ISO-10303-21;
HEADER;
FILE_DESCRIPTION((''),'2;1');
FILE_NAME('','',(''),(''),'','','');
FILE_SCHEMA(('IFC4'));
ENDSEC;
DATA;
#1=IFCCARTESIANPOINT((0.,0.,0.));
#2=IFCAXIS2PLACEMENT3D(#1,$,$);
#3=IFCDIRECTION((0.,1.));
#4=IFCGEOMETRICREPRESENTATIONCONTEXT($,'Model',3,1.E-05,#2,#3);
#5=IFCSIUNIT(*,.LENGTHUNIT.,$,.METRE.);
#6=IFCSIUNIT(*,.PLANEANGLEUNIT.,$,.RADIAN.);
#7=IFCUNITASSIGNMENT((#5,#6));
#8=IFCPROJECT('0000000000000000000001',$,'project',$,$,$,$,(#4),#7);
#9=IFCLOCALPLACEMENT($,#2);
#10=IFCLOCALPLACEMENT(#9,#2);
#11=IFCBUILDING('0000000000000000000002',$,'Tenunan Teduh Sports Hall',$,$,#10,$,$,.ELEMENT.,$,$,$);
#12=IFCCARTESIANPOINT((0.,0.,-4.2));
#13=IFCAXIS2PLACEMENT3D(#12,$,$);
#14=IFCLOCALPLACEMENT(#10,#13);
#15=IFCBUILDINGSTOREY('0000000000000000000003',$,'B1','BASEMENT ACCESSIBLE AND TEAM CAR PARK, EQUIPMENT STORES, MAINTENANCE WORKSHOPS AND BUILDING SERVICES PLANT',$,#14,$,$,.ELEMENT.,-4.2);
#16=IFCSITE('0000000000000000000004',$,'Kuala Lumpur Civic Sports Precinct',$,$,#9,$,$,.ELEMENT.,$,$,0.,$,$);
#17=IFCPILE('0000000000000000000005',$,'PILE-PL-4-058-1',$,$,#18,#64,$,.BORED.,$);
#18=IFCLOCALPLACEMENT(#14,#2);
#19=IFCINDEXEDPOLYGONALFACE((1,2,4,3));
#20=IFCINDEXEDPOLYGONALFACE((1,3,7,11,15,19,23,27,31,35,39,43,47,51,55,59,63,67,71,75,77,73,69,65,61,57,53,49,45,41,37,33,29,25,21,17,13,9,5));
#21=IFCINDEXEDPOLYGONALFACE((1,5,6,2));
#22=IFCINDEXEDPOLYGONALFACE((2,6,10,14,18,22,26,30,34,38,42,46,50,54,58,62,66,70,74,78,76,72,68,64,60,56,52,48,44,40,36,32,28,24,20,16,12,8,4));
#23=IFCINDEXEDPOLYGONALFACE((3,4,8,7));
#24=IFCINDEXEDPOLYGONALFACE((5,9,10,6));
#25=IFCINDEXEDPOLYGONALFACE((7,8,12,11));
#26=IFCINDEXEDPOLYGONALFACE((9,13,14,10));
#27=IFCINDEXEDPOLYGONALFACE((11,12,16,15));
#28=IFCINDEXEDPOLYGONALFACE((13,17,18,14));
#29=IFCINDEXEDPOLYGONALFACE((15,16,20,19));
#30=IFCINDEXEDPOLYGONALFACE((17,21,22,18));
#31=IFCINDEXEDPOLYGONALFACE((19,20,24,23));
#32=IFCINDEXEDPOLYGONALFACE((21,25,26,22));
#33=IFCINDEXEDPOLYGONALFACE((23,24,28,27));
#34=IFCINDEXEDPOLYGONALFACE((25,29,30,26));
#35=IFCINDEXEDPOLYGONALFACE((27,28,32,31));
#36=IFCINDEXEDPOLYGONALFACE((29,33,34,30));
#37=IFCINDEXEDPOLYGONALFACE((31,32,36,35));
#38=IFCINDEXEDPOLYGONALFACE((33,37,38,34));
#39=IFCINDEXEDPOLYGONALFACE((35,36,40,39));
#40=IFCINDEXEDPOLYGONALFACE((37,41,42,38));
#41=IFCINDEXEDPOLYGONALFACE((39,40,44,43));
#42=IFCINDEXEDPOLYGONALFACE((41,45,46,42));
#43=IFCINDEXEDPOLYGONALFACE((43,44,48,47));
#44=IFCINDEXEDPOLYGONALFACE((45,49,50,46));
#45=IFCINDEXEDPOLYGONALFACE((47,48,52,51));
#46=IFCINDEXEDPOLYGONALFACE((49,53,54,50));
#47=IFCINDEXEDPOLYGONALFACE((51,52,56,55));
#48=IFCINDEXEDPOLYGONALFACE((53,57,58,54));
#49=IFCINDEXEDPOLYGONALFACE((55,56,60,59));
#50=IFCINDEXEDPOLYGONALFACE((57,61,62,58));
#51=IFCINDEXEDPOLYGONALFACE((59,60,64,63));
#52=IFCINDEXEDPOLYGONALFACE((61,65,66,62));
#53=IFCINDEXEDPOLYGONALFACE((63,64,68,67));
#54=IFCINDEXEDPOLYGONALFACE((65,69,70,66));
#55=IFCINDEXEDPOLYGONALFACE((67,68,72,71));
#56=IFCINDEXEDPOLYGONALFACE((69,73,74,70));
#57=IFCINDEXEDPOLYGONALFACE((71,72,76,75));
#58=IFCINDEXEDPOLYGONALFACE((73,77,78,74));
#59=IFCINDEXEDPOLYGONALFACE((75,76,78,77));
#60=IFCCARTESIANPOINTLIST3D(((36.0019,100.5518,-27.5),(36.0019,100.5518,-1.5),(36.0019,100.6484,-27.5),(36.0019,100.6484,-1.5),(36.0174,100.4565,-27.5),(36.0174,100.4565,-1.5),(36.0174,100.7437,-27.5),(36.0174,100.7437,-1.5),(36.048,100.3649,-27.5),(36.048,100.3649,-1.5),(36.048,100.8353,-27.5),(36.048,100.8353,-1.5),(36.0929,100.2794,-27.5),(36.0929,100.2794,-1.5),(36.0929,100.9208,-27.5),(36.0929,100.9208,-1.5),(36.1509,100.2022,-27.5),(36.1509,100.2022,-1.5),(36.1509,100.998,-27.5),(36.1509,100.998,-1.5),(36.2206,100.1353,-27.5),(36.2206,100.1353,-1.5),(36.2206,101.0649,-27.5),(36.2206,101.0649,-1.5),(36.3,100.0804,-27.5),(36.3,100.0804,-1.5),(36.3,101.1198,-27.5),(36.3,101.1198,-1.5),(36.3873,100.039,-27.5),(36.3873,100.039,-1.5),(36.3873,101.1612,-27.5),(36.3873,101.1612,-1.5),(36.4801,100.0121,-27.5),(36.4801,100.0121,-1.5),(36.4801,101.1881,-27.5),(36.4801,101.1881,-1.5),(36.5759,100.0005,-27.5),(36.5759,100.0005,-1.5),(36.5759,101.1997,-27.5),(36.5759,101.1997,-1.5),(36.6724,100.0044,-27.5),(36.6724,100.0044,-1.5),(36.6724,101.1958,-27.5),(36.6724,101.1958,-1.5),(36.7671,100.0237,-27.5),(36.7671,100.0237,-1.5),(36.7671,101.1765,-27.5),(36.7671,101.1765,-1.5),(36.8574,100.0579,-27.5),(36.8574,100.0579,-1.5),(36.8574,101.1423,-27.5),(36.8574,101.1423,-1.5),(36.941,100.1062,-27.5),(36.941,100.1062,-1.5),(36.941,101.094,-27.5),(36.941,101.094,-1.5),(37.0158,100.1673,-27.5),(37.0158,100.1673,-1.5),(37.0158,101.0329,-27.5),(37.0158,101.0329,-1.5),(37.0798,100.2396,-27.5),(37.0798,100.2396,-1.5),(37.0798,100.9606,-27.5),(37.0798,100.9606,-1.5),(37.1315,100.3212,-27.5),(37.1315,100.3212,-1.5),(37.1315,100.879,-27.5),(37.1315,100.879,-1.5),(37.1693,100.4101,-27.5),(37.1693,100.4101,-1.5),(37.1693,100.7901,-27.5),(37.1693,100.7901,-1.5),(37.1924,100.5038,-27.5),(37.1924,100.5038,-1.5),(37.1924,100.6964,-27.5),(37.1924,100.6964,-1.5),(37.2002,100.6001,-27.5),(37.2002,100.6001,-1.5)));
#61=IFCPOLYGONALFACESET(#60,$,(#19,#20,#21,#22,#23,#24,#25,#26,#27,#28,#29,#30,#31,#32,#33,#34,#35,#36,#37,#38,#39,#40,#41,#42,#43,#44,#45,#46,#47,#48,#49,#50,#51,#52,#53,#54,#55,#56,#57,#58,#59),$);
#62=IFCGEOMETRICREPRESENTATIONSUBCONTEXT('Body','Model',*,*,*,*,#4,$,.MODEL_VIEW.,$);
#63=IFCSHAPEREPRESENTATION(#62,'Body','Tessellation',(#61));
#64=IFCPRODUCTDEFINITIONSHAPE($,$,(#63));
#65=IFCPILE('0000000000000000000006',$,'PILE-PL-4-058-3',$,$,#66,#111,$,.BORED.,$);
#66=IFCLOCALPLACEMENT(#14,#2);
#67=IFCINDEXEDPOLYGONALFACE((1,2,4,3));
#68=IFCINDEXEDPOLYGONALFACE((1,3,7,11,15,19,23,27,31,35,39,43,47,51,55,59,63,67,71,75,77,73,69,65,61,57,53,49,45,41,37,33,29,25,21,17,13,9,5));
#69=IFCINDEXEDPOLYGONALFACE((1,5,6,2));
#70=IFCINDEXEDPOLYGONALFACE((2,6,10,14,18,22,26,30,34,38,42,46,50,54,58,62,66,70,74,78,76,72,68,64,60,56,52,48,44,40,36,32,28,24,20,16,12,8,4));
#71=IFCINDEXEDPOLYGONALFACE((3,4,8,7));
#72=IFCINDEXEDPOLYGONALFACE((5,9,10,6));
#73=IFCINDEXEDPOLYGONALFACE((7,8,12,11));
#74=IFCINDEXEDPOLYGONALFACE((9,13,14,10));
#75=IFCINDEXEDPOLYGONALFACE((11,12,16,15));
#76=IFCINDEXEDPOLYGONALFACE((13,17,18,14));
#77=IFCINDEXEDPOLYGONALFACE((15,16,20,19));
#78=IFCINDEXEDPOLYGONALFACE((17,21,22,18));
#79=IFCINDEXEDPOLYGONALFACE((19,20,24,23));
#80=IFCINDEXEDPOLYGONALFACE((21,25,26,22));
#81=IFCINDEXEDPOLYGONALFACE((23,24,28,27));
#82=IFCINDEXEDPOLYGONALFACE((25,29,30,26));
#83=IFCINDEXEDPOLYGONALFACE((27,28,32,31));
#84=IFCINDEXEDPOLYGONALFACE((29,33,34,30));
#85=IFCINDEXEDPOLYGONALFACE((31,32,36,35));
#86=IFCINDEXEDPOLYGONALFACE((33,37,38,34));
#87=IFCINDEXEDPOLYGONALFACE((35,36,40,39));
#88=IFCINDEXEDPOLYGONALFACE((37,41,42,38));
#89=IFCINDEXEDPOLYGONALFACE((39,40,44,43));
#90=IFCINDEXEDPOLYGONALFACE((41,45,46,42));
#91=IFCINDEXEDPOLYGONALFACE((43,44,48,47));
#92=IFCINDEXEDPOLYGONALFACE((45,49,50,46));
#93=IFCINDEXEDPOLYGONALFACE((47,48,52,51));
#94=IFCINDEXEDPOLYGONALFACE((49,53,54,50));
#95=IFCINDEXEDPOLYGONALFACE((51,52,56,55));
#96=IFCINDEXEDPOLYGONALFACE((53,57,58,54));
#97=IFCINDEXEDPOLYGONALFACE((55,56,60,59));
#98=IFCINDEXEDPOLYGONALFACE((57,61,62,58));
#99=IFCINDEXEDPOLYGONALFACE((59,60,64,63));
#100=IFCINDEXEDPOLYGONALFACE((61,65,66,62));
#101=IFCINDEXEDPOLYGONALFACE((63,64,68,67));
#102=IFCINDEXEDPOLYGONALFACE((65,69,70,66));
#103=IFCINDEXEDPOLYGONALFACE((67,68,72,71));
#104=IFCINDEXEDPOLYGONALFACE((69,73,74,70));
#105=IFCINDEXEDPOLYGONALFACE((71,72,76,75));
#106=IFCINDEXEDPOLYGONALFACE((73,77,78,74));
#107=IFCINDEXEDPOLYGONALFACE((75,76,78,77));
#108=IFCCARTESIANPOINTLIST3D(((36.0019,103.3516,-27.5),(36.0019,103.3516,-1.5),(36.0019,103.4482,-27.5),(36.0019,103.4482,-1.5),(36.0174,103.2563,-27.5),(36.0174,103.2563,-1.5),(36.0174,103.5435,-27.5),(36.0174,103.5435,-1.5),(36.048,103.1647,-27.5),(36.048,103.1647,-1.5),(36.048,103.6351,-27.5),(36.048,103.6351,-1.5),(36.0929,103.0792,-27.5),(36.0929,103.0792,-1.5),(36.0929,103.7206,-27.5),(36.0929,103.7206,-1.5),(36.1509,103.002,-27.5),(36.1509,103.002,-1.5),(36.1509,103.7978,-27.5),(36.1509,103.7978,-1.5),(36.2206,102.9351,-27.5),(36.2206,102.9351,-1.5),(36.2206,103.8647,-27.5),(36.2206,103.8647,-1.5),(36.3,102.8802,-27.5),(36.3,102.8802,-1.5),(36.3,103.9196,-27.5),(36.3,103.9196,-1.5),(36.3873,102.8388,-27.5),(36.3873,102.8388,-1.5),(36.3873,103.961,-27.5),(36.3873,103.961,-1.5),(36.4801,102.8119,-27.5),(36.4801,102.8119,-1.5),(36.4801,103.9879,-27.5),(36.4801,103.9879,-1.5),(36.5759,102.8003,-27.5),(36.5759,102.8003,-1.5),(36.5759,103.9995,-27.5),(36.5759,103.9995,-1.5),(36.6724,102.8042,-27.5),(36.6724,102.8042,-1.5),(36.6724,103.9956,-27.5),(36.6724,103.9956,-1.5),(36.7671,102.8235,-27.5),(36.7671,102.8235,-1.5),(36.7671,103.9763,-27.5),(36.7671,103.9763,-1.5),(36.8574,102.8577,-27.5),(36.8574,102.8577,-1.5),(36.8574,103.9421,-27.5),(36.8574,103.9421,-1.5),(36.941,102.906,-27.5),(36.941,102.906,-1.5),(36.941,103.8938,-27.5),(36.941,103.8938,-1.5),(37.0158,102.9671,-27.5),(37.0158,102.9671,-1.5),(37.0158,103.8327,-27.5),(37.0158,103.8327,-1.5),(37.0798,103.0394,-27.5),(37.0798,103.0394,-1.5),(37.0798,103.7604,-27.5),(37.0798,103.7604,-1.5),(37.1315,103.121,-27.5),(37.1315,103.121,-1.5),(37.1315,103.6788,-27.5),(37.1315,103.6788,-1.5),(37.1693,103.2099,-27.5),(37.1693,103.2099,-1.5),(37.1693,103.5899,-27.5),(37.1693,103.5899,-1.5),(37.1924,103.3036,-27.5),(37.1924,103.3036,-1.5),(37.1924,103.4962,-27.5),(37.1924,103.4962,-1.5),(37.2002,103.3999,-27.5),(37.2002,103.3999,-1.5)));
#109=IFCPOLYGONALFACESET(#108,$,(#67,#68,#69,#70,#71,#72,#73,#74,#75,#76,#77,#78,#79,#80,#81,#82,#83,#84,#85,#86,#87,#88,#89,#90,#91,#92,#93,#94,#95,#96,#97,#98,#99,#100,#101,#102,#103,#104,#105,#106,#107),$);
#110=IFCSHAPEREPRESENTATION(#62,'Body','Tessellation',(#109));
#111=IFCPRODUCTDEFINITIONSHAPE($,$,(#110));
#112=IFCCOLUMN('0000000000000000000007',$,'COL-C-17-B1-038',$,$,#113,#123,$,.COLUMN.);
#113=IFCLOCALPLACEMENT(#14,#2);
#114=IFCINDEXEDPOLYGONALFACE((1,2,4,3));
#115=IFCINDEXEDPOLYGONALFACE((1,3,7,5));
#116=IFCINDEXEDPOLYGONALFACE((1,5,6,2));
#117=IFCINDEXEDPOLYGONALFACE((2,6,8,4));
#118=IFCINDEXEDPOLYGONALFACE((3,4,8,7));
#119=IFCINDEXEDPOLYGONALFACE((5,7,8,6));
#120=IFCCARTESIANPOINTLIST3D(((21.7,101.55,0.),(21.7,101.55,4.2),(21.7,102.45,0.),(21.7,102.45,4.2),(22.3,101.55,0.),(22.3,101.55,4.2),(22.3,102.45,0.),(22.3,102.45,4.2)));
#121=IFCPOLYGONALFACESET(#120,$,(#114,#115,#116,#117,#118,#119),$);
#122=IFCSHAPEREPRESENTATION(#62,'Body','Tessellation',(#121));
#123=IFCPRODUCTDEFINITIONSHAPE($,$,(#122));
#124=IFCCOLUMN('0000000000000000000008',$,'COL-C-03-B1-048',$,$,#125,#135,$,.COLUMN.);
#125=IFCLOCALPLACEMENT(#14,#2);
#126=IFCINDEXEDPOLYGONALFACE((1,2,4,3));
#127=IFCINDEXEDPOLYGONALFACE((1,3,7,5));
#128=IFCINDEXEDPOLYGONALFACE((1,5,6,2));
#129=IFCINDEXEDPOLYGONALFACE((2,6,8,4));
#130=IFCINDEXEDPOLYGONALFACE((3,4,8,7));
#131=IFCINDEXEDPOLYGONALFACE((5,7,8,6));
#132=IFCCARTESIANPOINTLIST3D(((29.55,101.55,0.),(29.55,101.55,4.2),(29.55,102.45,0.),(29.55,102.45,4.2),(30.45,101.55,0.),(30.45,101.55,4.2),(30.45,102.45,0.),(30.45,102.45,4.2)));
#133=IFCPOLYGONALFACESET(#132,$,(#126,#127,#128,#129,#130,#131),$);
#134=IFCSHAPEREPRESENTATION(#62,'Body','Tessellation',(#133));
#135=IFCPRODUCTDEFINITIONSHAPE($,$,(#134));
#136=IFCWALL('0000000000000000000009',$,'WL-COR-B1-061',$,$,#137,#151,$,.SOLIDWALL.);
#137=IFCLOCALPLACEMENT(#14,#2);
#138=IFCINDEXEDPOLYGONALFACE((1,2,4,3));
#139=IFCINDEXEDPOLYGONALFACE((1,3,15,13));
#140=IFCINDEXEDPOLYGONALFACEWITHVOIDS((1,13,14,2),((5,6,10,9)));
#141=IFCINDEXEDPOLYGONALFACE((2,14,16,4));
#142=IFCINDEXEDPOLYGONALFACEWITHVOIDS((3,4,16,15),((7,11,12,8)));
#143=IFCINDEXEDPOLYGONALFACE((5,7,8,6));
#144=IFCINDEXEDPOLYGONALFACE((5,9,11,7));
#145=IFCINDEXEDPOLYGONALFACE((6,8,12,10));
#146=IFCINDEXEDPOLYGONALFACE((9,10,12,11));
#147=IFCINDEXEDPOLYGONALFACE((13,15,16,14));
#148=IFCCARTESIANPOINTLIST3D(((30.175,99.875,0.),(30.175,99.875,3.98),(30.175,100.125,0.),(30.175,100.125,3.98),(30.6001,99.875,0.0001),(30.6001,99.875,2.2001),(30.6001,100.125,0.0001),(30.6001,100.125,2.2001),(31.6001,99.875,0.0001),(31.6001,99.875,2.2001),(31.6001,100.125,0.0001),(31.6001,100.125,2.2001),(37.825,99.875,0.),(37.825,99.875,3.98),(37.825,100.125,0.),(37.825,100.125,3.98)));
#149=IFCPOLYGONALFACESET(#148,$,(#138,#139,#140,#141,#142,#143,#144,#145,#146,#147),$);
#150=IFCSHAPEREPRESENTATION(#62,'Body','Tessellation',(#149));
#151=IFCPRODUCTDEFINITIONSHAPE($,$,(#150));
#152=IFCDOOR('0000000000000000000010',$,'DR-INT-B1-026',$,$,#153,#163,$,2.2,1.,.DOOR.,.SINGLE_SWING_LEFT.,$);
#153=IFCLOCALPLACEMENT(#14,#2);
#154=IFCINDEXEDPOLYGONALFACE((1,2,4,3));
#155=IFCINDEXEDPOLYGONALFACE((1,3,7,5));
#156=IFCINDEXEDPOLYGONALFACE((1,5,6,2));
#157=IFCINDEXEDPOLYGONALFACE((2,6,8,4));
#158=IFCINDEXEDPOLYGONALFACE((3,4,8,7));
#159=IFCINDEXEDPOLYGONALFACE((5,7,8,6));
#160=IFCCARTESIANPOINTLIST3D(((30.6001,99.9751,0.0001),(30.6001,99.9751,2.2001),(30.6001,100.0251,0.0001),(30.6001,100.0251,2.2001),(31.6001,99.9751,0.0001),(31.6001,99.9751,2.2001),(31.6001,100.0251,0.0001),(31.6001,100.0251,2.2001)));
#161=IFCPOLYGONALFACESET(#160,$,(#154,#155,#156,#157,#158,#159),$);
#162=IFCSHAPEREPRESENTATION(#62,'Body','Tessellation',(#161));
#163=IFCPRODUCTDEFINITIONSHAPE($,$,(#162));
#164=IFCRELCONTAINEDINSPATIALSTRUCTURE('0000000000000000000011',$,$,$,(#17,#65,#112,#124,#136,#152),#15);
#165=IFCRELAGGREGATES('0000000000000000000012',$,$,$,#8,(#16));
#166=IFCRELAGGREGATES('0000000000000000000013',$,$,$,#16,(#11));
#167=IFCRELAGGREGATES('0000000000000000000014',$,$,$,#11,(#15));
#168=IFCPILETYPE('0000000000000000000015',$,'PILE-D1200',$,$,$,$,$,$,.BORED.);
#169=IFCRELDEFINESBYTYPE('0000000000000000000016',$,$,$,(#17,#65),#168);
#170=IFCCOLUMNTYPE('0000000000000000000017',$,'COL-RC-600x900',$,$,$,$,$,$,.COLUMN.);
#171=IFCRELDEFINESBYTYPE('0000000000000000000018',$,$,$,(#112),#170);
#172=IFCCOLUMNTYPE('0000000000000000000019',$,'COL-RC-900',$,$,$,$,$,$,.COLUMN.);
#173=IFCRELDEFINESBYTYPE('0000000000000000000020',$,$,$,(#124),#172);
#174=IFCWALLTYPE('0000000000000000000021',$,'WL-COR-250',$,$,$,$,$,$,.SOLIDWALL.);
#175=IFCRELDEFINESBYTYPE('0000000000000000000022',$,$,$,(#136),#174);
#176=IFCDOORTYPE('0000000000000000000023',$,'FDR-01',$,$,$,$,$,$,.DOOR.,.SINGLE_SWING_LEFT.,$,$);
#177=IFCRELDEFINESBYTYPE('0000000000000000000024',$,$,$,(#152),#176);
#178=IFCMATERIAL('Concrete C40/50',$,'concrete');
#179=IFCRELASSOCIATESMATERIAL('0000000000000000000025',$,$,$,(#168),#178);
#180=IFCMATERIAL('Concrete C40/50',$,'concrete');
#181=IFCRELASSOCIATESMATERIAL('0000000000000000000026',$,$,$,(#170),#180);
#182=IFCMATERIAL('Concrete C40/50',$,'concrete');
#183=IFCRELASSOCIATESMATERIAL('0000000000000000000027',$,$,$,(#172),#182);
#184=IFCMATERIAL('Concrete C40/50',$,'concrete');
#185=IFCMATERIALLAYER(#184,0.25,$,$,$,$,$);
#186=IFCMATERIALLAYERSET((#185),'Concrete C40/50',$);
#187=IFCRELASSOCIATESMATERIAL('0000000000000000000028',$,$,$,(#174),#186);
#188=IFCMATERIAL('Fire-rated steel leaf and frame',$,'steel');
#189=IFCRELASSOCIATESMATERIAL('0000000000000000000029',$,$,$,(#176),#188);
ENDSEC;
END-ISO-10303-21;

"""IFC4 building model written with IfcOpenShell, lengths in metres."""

from ifc_helpers import new_model, si_unit, direction, frame, frame_2d, origin, origin_2d, place, context, subcontext, project, spatial, rectangle, circle, extrude, material, layer, layer_set, material_profile, profile_set, type_object, element, fill, save


model = new_model("IFC4")

# Units and contexts
model_context = context("Model", 3, precision=1e-05, world=origin(), true_north=direction((0.0, 1.0)))
body_context = subcontext(model_context, "Body", "Model", "MODEL_VIEW")
ifc_project = project(units=[si_unit("LENGTHUNIT", "METRE"), si_unit("PLANEANGLEUNIT", "RADIAN")], contexts=[model_context])

# Site, building, storey
site_placement = place(None, origin())
site = spatial("IfcSite", under=ifc_project, at=site_placement, Name="Kuala Lumpur Civic Sports Precinct", CompositionType="ELEMENT", RefElevation=0.0)
building_placement = place(site_placement, origin())
building = spatial("IfcBuilding", under=site, at=building_placement, Name="Tenunan Teduh Sports Hall", CompositionType="ELEMENT")
storey_placement = place(building_placement, frame((0.0, 0.0, -4.2)))
storey = spatial("IfcBuildingStorey", under=building, at=storey_placement, Name="B1", Description="BASEMENT ACCESSIBLE AND TEAM CAR PARK, EQUIPMENT STORES, MAINTENANCE WORKSHOPS AND BUILDING SERVICES PLANT", CompositionType="ELEMENT", Elevation=-4.2)

# Piles
ifc_material_1 = material(Name="Concrete C40/50", Category="concrete")
ifc_material_profile_1 = material_profile(ifc_material_1, circle(Radius=0.6001, at=origin_2d()), Name="PILE D1200")
ifc_profile_set_1 = profile_set([ifc_material_profile_1], Name="Concrete C40/50")
pile_type = type_object("IfcPileType", Name="PILE-D1200", PredefinedType="BORED", material=ifc_profile_set_1)
for number, where, z_axis, x_axis, name in (
    (1, (36.6001, 100.6001, -1.5), (0.0, 0.0, -1.0), (1.0, 0.0, 0.0), "PILE-PL-4-058-1"),
    (2, (36.6001, 103.3999, -1.5), (0.0, 0.0, -1.0), (1.0, 0.0, 0.0), "PILE-PL-4-058-3"),
):
    element("IfcPile", number, at=place(storey_placement, frame(where, z_axis=z_axis, x_axis=x_axis)), inside=storey, type_object=pile_type, Name=name, PredefinedType="BORED", context=body_context, shape_type="SweptSolid", body=[
        extrude(circle(Radius=0.6001, at=origin_2d()), origin(), (0.0, 0.0, 1.0), 26.0),
    ])

# Columns
ifc_material_2 = material(Name="Concrete C40/50", Category="concrete")
ifc_material_profile_2 = material_profile(ifc_material_2, rectangle(XDim=0.6001, YDim=0.8999, at=origin_2d()), Name="RC 600x900")
ifc_profile_set_2 = profile_set([ifc_material_profile_2], Name="Concrete C40/50")
column_type_1 = type_object("IfcColumnType", Name="COL-RC-600x900", PredefinedType="COLUMN", material=ifc_profile_set_2)
column_1_placement = place(storey_placement, frame((22.0, 102.0, 0.0), z_axis=(0.0, 0.0, 1.0), x_axis=(1.0, 0.0, 0.0)))
element("IfcColumn", 3, at=column_1_placement, inside=storey, type_object=column_type_1, Name="COL-C-17-B1-038", PredefinedType="COLUMN", context=body_context, shape_type="SweptSolid", body=[
    extrude(rectangle(XDim=0.6001, YDim=0.8999, at=origin_2d()), origin(), (0.0, 0.0, 1.0), 4.2),
])
ifc_material_3 = material(Name="Concrete C40/50", Category="concrete")
ifc_material_profile_3 = material_profile(ifc_material_3, rectangle(XDim=0.8999, YDim=0.8999, at=origin_2d()), Name="RC 900x900")
ifc_profile_set_3 = profile_set([ifc_material_profile_3], Name="Concrete C40/50")
column_type_2 = type_object("IfcColumnType", Name="COL-RC-900", PredefinedType="COLUMN", material=ifc_profile_set_3)
column_2_placement = place(storey_placement, frame((30.0, 102.0, 0.0), z_axis=(0.0, 0.0, 1.0), x_axis=(1.0, 0.0, 0.0)))
element("IfcColumn", 4, at=column_2_placement, inside=storey, type_object=column_type_2, Name="COL-C-03-B1-048", PredefinedType="COLUMN", context=body_context, shape_type="SweptSolid", body=[
    extrude(rectangle(XDim=0.8999, YDim=0.8999, at=origin_2d()), origin(), (0.0, 0.0, 1.0), 4.2),
])

# Wall, opening, door
ifc_material_4 = material(Name="Concrete C40/50", Category="concrete")
ifc_layer_1 = layer(ifc_material_4, 0.25)
ifc_layer_set_1 = layer_set([ifc_layer_1], Name="Concrete C40/50")
wall_type_1 = type_object("IfcWallType", Name="WL-COR-250", PredefinedType="SOLIDWALL", material=ifc_layer_set_1)
wall_1_placement = place(storey_placement, frame((30.175, 100.0, 0.0), z_axis=(0.0, 0.0, 1.0), x_axis=(1.0, 0.0, 0.0)))
wall_1 = element("IfcWall", 5, at=wall_1_placement, inside=storey, type_object=wall_type_1, Name="WL-COR-B1-061", PredefinedType="SOLIDWALL", context=body_context, shape_type="SweptSolid", body=[
    extrude(rectangle(XDim=7.6499, YDim=0.25, at=frame_2d((3.825, 0.0))), origin(), (0.0, 0.0, 1.0), 3.98),
])
opening_1_placement = place(wall_1_placement, frame((0.425, 0.0, 0.0)))
opening_1 = element("IfcOpeningElement", 6, at=opening_1_placement, cuts=wall_1, PredefinedType="OPENING", context=body_context, shape_type="SweptSolid", body=[
    extrude(rectangle(XDim=1.0, YDim=2.2, at=frame_2d((0.5, 1.1001))), frame((0.0, 0.135, 0.0), z_axis=(0.0, -1.0, 0.0), x_axis=(1.0, 0.0, 0.0)), (0.0, 0.0, 1.0), 0.27),
])
ifc_material_5 = material(Name="Fire-rated steel leaf and frame", Category="steel")
door_type_1 = type_object("IfcDoorType", Name="FDR-01", OperationType="SINGLE_SWING_LEFT", PredefinedType="DOOR", material=ifc_material_5)
door_1_placement = place(opening_1_placement, frame((1.0, 0.0, 0.0), z_axis=(0.0, 0.0, 1.0), x_axis=(-1.0, 0.0, 0.0)))
door_1 = element("IfcDoor", 7, at=door_1_placement, inside=storey, type_object=door_type_1, Name="DR-INT-B1-026", OperationType="SINGLE_SWING_LEFT", OverallHeight=2.2, OverallWidth=1.0, PredefinedType="DOOR", context=body_context, shape_type="SweptSolid", body=[
    extrude(rectangle(XDim=1.0, YDim=2.2, at=frame_2d((0.5, 1.1001))), frame((0.0, 0.0249, 0.0), z_axis=(0.0, -1.0, 0.0), x_axis=(1.0, 0.0, 0.0)), (0.0, 0.0, 1.0), 0.05),
])
fill(opening_1, door_1)

save(model, "model.ifc")
